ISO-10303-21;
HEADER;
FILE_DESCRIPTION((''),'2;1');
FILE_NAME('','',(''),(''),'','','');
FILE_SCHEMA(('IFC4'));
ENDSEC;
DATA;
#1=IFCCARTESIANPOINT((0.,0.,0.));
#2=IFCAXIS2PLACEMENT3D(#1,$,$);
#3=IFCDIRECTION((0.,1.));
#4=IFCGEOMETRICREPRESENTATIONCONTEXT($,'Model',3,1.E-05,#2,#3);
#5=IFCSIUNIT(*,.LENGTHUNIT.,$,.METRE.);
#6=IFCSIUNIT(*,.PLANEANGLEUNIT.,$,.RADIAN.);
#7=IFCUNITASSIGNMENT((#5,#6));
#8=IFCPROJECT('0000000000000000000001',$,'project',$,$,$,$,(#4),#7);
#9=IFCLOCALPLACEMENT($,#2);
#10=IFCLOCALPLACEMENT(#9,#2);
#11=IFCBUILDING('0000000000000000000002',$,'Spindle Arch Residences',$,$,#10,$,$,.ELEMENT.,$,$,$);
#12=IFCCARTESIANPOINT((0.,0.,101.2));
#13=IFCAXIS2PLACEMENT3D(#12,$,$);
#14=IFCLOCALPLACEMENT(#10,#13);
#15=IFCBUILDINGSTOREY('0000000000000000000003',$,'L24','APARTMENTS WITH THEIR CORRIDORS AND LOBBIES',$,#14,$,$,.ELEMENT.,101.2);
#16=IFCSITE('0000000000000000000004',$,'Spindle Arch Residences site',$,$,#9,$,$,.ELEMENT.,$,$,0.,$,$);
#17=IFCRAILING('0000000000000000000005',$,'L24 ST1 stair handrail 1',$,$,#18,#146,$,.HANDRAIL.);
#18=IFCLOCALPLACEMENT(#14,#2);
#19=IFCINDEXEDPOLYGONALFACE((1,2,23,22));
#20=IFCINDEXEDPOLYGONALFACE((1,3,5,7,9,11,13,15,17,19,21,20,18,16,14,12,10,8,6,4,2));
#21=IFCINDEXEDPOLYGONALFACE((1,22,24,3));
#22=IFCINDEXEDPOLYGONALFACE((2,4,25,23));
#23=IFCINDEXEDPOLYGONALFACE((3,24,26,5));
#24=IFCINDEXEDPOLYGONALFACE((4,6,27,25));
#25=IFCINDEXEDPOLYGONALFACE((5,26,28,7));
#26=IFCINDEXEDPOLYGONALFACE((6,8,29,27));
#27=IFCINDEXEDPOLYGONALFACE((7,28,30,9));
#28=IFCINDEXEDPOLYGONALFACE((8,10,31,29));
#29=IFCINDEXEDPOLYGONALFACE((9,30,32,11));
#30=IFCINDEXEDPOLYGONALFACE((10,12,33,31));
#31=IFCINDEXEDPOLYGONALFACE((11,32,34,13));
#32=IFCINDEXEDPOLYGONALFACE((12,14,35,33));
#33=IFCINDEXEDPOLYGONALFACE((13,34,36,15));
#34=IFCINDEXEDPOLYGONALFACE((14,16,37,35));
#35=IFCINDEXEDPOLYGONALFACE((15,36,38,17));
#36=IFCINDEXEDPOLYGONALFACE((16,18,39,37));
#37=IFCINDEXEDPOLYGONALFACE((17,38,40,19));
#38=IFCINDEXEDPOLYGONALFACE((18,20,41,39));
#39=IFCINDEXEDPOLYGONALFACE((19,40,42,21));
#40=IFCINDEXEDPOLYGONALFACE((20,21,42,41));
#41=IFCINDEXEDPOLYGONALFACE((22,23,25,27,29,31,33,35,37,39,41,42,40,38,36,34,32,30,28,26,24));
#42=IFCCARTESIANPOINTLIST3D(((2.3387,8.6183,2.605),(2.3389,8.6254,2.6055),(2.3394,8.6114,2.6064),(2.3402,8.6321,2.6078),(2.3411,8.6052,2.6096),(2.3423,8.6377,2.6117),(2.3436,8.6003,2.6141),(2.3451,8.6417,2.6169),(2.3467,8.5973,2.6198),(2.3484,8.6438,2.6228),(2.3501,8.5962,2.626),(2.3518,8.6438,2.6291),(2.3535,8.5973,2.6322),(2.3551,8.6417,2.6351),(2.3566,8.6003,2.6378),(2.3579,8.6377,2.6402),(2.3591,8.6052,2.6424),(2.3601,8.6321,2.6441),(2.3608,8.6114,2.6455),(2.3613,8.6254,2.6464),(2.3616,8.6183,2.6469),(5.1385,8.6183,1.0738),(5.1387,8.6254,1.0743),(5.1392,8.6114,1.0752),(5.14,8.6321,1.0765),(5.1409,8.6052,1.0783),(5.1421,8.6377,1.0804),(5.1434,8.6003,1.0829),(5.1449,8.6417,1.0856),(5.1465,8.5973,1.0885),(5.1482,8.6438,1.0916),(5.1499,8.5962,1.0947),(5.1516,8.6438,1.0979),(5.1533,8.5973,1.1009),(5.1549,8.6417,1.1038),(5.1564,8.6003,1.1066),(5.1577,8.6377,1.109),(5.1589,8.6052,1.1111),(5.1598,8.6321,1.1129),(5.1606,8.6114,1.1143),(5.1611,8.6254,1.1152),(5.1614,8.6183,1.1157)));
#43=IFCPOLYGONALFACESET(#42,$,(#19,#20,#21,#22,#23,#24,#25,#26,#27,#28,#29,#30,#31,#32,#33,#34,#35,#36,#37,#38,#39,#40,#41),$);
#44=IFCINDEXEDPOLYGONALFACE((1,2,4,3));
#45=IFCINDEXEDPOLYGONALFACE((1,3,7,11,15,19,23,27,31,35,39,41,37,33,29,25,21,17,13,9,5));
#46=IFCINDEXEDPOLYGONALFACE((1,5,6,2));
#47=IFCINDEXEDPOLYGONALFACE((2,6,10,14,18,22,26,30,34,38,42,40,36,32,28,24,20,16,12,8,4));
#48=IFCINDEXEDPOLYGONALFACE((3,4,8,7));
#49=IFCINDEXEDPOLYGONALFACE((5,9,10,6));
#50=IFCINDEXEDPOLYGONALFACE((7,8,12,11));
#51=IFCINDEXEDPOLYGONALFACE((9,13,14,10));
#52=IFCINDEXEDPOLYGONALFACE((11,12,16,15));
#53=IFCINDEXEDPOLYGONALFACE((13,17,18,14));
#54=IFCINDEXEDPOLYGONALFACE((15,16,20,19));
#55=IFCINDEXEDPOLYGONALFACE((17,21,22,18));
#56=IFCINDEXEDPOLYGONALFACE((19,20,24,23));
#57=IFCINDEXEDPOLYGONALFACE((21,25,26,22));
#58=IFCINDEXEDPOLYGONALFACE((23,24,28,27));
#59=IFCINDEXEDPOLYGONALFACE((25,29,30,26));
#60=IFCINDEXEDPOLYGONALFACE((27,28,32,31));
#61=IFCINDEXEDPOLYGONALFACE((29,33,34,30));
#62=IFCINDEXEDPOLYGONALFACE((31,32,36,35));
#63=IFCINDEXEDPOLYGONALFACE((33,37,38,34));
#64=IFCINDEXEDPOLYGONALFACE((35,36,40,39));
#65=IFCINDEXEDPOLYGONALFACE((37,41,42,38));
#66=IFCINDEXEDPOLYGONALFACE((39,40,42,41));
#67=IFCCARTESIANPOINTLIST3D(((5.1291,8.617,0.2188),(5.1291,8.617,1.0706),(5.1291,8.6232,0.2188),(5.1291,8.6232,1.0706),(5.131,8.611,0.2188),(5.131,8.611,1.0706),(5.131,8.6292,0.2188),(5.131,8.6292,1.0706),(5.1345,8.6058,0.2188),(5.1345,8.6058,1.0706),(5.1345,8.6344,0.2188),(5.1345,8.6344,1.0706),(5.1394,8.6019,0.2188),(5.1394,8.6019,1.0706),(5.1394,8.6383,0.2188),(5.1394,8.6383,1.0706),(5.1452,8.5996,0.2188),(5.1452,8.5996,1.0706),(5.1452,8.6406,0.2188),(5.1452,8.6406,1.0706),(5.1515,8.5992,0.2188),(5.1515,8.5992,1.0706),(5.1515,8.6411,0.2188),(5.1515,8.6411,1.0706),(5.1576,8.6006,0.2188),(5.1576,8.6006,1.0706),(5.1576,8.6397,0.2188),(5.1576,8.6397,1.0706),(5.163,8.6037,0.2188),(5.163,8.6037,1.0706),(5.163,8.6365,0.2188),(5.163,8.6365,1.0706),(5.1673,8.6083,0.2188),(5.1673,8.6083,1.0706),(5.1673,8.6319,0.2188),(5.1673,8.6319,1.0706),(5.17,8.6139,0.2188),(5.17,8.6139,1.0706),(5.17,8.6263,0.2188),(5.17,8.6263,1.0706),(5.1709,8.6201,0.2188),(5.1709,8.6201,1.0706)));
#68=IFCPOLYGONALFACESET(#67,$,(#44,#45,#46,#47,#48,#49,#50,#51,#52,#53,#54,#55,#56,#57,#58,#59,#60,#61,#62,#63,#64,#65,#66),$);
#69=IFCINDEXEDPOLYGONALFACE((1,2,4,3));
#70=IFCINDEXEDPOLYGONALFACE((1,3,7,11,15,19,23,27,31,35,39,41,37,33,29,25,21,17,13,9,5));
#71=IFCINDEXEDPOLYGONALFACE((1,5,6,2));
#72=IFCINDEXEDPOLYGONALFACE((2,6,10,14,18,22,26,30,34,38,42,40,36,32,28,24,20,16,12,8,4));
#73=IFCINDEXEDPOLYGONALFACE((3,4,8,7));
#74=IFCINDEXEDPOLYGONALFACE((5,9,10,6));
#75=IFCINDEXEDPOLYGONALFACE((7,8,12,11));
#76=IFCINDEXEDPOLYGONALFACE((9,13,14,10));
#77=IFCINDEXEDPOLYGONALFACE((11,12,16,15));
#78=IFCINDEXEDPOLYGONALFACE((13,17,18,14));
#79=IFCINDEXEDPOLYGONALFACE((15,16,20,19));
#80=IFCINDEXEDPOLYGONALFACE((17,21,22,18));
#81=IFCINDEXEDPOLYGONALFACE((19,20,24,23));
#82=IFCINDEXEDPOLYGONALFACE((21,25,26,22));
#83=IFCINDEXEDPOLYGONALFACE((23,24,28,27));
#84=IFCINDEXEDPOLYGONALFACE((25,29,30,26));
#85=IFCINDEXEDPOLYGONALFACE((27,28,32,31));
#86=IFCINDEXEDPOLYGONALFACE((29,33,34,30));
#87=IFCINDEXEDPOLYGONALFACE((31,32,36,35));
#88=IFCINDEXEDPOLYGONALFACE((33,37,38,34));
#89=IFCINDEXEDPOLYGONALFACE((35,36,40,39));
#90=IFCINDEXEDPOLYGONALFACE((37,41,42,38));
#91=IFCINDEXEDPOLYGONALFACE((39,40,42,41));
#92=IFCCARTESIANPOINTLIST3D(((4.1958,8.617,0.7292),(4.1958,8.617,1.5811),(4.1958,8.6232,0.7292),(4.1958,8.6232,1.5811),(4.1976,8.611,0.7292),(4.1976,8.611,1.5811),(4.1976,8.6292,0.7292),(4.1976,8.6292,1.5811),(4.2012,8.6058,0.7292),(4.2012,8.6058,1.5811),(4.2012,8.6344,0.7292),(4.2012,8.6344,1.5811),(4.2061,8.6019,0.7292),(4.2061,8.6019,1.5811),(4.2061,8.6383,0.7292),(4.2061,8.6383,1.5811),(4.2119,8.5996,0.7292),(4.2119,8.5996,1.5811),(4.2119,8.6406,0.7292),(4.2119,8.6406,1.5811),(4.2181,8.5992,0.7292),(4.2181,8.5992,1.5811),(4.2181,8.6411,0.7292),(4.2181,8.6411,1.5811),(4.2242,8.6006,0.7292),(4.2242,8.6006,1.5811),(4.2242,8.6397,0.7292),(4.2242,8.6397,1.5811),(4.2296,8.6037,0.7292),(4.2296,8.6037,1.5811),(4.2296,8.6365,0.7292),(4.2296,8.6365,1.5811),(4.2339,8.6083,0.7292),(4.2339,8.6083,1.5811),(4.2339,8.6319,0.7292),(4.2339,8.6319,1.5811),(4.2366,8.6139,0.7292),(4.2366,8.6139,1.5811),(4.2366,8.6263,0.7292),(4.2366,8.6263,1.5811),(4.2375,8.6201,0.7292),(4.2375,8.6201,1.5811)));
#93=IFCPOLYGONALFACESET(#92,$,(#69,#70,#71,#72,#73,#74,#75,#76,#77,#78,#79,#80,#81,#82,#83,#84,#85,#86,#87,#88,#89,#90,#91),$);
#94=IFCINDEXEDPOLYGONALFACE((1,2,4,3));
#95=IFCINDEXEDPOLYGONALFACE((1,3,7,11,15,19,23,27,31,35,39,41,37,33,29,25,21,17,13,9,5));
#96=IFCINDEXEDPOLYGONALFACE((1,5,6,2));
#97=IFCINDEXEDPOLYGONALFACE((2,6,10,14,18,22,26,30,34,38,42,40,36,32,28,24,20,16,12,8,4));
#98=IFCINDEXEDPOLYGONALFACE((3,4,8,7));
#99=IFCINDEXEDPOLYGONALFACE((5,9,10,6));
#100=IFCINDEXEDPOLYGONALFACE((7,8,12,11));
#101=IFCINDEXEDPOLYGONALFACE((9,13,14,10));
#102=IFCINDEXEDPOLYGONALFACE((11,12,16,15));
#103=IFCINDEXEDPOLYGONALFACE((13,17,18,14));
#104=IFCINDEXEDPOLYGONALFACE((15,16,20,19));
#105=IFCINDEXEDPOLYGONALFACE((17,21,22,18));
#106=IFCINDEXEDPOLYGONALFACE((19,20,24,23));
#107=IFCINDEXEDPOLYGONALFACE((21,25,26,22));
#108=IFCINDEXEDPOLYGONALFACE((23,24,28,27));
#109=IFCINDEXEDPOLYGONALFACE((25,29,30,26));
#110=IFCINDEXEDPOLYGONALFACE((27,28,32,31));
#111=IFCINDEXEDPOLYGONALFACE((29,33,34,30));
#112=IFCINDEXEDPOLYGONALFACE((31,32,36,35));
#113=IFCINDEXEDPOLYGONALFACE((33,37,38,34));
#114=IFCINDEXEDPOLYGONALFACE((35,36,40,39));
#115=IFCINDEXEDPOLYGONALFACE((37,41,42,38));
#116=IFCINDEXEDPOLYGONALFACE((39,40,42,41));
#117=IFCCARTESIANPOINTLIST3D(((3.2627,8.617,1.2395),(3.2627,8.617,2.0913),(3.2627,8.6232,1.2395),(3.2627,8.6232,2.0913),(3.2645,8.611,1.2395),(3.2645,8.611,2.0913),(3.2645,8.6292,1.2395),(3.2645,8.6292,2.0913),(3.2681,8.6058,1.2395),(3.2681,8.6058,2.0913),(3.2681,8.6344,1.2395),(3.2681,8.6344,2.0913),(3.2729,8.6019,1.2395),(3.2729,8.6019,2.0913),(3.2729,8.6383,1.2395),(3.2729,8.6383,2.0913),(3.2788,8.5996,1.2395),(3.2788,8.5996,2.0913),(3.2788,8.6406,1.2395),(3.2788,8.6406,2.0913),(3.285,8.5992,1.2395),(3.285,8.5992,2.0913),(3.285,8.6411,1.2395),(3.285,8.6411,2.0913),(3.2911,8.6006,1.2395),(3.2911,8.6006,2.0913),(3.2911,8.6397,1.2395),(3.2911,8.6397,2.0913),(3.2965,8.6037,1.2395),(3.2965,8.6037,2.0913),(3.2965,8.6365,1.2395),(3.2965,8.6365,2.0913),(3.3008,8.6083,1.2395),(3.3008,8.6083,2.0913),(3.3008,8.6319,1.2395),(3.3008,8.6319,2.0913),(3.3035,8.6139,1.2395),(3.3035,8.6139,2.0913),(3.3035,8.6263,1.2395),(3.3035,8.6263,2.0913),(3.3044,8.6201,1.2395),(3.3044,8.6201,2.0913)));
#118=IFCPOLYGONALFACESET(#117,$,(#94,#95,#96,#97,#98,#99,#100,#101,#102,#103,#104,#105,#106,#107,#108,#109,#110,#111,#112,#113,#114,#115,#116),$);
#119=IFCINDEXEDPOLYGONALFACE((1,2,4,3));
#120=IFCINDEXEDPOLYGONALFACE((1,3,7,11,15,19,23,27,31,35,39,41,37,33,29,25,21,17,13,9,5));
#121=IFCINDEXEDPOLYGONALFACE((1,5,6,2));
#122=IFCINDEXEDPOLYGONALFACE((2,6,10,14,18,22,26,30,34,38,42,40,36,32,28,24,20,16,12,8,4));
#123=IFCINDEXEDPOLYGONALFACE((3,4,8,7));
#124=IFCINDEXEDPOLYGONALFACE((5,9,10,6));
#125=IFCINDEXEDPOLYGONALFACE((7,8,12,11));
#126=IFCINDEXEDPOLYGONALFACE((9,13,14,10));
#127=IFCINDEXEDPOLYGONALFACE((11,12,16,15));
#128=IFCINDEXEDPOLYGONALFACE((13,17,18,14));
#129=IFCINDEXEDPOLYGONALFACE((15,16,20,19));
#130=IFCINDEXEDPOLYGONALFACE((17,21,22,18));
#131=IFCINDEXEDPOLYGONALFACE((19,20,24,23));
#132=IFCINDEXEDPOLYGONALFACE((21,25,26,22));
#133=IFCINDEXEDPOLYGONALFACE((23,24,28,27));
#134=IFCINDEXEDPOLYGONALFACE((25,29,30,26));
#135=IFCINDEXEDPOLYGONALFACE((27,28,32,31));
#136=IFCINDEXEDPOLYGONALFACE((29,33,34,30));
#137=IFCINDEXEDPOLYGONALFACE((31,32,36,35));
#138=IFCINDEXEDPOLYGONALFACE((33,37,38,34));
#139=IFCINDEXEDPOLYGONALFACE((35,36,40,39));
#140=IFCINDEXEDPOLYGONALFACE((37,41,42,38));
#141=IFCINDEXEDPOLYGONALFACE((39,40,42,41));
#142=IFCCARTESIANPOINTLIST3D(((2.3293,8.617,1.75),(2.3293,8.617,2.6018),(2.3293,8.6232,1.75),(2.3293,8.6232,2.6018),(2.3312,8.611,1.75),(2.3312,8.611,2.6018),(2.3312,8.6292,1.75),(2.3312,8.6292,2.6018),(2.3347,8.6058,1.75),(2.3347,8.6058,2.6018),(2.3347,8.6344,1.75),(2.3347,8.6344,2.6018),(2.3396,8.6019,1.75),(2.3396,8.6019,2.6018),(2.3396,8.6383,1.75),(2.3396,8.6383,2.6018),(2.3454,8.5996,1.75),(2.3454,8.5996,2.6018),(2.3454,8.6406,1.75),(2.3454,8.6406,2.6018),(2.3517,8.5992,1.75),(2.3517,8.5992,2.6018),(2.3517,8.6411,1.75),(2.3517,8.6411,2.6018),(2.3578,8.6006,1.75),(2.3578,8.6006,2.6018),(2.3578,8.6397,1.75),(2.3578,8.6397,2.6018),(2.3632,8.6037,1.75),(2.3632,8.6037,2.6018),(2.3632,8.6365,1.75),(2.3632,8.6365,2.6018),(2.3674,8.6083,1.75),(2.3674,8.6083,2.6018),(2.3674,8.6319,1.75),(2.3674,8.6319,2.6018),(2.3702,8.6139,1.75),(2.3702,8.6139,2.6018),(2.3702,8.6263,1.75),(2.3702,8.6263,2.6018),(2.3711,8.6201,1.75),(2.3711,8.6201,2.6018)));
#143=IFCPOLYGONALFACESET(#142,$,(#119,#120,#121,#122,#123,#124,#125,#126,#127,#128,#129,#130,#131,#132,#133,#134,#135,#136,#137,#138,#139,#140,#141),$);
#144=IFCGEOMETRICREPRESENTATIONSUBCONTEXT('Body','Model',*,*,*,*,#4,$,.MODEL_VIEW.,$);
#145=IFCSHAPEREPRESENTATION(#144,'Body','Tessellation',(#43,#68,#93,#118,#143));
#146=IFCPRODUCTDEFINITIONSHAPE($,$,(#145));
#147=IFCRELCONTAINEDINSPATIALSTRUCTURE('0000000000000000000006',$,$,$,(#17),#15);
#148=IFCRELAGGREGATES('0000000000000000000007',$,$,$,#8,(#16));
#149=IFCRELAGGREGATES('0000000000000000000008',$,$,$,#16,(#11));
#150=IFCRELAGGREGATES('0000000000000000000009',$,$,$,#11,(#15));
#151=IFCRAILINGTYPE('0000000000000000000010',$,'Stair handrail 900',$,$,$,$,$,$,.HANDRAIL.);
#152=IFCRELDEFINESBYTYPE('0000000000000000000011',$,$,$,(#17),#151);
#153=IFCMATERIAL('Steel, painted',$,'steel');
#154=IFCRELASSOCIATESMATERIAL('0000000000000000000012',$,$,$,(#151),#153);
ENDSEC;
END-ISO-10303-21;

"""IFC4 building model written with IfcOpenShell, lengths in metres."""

from ifc_helpers import new_model, si_unit, direction, frame, origin, origin_2d, place, context, subcontext, project, spatial, circle, extrude, material, type_object, element, save


model = new_model("IFC4")

# Units and contexts
model_context = context("Model", 3, precision=1e-05, world=origin(), true_north=direction((0.0, 1.0)))
body_context = subcontext(model_context, "Body", "Model", "MODEL_VIEW")
ifc_project = project(units=[si_unit("LENGTHUNIT", "METRE"), si_unit("PLANEANGLEUNIT", "RADIAN")], contexts=[model_context])

# Site, building, storey
site_placement = place(None, origin())
site = spatial("IfcSite", under=ifc_project, at=site_placement, Name="Spindle Arch Residences site", CompositionType="ELEMENT", RefElevation=0.0)
building_placement = place(site_placement, origin())
building = spatial("IfcBuilding", under=site, at=building_placement, Name="Spindle Arch Residences", CompositionType="ELEMENT")
storey_placement = place(building_placement, frame((0.0, 0.0, 101.2)))
storey = spatial("IfcBuildingStorey", under=building, at=storey_placement, Name="L24", Description="APARTMENTS WITH THEIR CORRIDORS AND LOBBIES", CompositionType="ELEMENT", Elevation=101.2)

# Railing
ifc_material_1 = material(Name="Steel, painted", Category="steel")
railing_type_1 = type_object("IfcRailingType", Name="Stair handrail 900", PredefinedType="HANDRAIL", material=ifc_material_1)
railing_1_placement = place(storey_placement, frame((5.1499, 8.6201, 0.2188)))
element("IfcRailing", 1, at=railing_1_placement, inside=storey, type_object=railing_type_1, Name="L24 ST1 stair handrail 1", PredefinedType="HANDRAIL", context=body_context, shape_type="SweptSolid", body=[
    extrude(circle(Radius=0.0239, at=origin_2d()), frame((0.0, 0.0, 0.876), z_axis=(-0.877357, 0.0, 0.479838), x_axis=(0.0, -1.0, 0.0)), (0.0, 0.0, 1.0), 3.1912),
    extrude(circle(Radius=0.021, at=origin_2d()), origin(), (0.0, 0.0, 1.0), 0.8518),
    extrude(circle(Radius=0.021, at=origin_2d()), frame((-0.9333, 0.0, 0.5105)), (0.0, 0.0, 1.0), 0.8518),
    extrude(circle(Radius=0.021, at=origin_2d()), frame((-1.8665, 0.0, 1.0208)), (0.0, 0.0, 1.0), 0.8518),
    extrude(circle(Radius=0.021, at=origin_2d()), frame((-2.7998, 0.0, 1.5312)), (0.0, 0.0, 1.0), 0.8518),
])

save(model, "model.ifc")
